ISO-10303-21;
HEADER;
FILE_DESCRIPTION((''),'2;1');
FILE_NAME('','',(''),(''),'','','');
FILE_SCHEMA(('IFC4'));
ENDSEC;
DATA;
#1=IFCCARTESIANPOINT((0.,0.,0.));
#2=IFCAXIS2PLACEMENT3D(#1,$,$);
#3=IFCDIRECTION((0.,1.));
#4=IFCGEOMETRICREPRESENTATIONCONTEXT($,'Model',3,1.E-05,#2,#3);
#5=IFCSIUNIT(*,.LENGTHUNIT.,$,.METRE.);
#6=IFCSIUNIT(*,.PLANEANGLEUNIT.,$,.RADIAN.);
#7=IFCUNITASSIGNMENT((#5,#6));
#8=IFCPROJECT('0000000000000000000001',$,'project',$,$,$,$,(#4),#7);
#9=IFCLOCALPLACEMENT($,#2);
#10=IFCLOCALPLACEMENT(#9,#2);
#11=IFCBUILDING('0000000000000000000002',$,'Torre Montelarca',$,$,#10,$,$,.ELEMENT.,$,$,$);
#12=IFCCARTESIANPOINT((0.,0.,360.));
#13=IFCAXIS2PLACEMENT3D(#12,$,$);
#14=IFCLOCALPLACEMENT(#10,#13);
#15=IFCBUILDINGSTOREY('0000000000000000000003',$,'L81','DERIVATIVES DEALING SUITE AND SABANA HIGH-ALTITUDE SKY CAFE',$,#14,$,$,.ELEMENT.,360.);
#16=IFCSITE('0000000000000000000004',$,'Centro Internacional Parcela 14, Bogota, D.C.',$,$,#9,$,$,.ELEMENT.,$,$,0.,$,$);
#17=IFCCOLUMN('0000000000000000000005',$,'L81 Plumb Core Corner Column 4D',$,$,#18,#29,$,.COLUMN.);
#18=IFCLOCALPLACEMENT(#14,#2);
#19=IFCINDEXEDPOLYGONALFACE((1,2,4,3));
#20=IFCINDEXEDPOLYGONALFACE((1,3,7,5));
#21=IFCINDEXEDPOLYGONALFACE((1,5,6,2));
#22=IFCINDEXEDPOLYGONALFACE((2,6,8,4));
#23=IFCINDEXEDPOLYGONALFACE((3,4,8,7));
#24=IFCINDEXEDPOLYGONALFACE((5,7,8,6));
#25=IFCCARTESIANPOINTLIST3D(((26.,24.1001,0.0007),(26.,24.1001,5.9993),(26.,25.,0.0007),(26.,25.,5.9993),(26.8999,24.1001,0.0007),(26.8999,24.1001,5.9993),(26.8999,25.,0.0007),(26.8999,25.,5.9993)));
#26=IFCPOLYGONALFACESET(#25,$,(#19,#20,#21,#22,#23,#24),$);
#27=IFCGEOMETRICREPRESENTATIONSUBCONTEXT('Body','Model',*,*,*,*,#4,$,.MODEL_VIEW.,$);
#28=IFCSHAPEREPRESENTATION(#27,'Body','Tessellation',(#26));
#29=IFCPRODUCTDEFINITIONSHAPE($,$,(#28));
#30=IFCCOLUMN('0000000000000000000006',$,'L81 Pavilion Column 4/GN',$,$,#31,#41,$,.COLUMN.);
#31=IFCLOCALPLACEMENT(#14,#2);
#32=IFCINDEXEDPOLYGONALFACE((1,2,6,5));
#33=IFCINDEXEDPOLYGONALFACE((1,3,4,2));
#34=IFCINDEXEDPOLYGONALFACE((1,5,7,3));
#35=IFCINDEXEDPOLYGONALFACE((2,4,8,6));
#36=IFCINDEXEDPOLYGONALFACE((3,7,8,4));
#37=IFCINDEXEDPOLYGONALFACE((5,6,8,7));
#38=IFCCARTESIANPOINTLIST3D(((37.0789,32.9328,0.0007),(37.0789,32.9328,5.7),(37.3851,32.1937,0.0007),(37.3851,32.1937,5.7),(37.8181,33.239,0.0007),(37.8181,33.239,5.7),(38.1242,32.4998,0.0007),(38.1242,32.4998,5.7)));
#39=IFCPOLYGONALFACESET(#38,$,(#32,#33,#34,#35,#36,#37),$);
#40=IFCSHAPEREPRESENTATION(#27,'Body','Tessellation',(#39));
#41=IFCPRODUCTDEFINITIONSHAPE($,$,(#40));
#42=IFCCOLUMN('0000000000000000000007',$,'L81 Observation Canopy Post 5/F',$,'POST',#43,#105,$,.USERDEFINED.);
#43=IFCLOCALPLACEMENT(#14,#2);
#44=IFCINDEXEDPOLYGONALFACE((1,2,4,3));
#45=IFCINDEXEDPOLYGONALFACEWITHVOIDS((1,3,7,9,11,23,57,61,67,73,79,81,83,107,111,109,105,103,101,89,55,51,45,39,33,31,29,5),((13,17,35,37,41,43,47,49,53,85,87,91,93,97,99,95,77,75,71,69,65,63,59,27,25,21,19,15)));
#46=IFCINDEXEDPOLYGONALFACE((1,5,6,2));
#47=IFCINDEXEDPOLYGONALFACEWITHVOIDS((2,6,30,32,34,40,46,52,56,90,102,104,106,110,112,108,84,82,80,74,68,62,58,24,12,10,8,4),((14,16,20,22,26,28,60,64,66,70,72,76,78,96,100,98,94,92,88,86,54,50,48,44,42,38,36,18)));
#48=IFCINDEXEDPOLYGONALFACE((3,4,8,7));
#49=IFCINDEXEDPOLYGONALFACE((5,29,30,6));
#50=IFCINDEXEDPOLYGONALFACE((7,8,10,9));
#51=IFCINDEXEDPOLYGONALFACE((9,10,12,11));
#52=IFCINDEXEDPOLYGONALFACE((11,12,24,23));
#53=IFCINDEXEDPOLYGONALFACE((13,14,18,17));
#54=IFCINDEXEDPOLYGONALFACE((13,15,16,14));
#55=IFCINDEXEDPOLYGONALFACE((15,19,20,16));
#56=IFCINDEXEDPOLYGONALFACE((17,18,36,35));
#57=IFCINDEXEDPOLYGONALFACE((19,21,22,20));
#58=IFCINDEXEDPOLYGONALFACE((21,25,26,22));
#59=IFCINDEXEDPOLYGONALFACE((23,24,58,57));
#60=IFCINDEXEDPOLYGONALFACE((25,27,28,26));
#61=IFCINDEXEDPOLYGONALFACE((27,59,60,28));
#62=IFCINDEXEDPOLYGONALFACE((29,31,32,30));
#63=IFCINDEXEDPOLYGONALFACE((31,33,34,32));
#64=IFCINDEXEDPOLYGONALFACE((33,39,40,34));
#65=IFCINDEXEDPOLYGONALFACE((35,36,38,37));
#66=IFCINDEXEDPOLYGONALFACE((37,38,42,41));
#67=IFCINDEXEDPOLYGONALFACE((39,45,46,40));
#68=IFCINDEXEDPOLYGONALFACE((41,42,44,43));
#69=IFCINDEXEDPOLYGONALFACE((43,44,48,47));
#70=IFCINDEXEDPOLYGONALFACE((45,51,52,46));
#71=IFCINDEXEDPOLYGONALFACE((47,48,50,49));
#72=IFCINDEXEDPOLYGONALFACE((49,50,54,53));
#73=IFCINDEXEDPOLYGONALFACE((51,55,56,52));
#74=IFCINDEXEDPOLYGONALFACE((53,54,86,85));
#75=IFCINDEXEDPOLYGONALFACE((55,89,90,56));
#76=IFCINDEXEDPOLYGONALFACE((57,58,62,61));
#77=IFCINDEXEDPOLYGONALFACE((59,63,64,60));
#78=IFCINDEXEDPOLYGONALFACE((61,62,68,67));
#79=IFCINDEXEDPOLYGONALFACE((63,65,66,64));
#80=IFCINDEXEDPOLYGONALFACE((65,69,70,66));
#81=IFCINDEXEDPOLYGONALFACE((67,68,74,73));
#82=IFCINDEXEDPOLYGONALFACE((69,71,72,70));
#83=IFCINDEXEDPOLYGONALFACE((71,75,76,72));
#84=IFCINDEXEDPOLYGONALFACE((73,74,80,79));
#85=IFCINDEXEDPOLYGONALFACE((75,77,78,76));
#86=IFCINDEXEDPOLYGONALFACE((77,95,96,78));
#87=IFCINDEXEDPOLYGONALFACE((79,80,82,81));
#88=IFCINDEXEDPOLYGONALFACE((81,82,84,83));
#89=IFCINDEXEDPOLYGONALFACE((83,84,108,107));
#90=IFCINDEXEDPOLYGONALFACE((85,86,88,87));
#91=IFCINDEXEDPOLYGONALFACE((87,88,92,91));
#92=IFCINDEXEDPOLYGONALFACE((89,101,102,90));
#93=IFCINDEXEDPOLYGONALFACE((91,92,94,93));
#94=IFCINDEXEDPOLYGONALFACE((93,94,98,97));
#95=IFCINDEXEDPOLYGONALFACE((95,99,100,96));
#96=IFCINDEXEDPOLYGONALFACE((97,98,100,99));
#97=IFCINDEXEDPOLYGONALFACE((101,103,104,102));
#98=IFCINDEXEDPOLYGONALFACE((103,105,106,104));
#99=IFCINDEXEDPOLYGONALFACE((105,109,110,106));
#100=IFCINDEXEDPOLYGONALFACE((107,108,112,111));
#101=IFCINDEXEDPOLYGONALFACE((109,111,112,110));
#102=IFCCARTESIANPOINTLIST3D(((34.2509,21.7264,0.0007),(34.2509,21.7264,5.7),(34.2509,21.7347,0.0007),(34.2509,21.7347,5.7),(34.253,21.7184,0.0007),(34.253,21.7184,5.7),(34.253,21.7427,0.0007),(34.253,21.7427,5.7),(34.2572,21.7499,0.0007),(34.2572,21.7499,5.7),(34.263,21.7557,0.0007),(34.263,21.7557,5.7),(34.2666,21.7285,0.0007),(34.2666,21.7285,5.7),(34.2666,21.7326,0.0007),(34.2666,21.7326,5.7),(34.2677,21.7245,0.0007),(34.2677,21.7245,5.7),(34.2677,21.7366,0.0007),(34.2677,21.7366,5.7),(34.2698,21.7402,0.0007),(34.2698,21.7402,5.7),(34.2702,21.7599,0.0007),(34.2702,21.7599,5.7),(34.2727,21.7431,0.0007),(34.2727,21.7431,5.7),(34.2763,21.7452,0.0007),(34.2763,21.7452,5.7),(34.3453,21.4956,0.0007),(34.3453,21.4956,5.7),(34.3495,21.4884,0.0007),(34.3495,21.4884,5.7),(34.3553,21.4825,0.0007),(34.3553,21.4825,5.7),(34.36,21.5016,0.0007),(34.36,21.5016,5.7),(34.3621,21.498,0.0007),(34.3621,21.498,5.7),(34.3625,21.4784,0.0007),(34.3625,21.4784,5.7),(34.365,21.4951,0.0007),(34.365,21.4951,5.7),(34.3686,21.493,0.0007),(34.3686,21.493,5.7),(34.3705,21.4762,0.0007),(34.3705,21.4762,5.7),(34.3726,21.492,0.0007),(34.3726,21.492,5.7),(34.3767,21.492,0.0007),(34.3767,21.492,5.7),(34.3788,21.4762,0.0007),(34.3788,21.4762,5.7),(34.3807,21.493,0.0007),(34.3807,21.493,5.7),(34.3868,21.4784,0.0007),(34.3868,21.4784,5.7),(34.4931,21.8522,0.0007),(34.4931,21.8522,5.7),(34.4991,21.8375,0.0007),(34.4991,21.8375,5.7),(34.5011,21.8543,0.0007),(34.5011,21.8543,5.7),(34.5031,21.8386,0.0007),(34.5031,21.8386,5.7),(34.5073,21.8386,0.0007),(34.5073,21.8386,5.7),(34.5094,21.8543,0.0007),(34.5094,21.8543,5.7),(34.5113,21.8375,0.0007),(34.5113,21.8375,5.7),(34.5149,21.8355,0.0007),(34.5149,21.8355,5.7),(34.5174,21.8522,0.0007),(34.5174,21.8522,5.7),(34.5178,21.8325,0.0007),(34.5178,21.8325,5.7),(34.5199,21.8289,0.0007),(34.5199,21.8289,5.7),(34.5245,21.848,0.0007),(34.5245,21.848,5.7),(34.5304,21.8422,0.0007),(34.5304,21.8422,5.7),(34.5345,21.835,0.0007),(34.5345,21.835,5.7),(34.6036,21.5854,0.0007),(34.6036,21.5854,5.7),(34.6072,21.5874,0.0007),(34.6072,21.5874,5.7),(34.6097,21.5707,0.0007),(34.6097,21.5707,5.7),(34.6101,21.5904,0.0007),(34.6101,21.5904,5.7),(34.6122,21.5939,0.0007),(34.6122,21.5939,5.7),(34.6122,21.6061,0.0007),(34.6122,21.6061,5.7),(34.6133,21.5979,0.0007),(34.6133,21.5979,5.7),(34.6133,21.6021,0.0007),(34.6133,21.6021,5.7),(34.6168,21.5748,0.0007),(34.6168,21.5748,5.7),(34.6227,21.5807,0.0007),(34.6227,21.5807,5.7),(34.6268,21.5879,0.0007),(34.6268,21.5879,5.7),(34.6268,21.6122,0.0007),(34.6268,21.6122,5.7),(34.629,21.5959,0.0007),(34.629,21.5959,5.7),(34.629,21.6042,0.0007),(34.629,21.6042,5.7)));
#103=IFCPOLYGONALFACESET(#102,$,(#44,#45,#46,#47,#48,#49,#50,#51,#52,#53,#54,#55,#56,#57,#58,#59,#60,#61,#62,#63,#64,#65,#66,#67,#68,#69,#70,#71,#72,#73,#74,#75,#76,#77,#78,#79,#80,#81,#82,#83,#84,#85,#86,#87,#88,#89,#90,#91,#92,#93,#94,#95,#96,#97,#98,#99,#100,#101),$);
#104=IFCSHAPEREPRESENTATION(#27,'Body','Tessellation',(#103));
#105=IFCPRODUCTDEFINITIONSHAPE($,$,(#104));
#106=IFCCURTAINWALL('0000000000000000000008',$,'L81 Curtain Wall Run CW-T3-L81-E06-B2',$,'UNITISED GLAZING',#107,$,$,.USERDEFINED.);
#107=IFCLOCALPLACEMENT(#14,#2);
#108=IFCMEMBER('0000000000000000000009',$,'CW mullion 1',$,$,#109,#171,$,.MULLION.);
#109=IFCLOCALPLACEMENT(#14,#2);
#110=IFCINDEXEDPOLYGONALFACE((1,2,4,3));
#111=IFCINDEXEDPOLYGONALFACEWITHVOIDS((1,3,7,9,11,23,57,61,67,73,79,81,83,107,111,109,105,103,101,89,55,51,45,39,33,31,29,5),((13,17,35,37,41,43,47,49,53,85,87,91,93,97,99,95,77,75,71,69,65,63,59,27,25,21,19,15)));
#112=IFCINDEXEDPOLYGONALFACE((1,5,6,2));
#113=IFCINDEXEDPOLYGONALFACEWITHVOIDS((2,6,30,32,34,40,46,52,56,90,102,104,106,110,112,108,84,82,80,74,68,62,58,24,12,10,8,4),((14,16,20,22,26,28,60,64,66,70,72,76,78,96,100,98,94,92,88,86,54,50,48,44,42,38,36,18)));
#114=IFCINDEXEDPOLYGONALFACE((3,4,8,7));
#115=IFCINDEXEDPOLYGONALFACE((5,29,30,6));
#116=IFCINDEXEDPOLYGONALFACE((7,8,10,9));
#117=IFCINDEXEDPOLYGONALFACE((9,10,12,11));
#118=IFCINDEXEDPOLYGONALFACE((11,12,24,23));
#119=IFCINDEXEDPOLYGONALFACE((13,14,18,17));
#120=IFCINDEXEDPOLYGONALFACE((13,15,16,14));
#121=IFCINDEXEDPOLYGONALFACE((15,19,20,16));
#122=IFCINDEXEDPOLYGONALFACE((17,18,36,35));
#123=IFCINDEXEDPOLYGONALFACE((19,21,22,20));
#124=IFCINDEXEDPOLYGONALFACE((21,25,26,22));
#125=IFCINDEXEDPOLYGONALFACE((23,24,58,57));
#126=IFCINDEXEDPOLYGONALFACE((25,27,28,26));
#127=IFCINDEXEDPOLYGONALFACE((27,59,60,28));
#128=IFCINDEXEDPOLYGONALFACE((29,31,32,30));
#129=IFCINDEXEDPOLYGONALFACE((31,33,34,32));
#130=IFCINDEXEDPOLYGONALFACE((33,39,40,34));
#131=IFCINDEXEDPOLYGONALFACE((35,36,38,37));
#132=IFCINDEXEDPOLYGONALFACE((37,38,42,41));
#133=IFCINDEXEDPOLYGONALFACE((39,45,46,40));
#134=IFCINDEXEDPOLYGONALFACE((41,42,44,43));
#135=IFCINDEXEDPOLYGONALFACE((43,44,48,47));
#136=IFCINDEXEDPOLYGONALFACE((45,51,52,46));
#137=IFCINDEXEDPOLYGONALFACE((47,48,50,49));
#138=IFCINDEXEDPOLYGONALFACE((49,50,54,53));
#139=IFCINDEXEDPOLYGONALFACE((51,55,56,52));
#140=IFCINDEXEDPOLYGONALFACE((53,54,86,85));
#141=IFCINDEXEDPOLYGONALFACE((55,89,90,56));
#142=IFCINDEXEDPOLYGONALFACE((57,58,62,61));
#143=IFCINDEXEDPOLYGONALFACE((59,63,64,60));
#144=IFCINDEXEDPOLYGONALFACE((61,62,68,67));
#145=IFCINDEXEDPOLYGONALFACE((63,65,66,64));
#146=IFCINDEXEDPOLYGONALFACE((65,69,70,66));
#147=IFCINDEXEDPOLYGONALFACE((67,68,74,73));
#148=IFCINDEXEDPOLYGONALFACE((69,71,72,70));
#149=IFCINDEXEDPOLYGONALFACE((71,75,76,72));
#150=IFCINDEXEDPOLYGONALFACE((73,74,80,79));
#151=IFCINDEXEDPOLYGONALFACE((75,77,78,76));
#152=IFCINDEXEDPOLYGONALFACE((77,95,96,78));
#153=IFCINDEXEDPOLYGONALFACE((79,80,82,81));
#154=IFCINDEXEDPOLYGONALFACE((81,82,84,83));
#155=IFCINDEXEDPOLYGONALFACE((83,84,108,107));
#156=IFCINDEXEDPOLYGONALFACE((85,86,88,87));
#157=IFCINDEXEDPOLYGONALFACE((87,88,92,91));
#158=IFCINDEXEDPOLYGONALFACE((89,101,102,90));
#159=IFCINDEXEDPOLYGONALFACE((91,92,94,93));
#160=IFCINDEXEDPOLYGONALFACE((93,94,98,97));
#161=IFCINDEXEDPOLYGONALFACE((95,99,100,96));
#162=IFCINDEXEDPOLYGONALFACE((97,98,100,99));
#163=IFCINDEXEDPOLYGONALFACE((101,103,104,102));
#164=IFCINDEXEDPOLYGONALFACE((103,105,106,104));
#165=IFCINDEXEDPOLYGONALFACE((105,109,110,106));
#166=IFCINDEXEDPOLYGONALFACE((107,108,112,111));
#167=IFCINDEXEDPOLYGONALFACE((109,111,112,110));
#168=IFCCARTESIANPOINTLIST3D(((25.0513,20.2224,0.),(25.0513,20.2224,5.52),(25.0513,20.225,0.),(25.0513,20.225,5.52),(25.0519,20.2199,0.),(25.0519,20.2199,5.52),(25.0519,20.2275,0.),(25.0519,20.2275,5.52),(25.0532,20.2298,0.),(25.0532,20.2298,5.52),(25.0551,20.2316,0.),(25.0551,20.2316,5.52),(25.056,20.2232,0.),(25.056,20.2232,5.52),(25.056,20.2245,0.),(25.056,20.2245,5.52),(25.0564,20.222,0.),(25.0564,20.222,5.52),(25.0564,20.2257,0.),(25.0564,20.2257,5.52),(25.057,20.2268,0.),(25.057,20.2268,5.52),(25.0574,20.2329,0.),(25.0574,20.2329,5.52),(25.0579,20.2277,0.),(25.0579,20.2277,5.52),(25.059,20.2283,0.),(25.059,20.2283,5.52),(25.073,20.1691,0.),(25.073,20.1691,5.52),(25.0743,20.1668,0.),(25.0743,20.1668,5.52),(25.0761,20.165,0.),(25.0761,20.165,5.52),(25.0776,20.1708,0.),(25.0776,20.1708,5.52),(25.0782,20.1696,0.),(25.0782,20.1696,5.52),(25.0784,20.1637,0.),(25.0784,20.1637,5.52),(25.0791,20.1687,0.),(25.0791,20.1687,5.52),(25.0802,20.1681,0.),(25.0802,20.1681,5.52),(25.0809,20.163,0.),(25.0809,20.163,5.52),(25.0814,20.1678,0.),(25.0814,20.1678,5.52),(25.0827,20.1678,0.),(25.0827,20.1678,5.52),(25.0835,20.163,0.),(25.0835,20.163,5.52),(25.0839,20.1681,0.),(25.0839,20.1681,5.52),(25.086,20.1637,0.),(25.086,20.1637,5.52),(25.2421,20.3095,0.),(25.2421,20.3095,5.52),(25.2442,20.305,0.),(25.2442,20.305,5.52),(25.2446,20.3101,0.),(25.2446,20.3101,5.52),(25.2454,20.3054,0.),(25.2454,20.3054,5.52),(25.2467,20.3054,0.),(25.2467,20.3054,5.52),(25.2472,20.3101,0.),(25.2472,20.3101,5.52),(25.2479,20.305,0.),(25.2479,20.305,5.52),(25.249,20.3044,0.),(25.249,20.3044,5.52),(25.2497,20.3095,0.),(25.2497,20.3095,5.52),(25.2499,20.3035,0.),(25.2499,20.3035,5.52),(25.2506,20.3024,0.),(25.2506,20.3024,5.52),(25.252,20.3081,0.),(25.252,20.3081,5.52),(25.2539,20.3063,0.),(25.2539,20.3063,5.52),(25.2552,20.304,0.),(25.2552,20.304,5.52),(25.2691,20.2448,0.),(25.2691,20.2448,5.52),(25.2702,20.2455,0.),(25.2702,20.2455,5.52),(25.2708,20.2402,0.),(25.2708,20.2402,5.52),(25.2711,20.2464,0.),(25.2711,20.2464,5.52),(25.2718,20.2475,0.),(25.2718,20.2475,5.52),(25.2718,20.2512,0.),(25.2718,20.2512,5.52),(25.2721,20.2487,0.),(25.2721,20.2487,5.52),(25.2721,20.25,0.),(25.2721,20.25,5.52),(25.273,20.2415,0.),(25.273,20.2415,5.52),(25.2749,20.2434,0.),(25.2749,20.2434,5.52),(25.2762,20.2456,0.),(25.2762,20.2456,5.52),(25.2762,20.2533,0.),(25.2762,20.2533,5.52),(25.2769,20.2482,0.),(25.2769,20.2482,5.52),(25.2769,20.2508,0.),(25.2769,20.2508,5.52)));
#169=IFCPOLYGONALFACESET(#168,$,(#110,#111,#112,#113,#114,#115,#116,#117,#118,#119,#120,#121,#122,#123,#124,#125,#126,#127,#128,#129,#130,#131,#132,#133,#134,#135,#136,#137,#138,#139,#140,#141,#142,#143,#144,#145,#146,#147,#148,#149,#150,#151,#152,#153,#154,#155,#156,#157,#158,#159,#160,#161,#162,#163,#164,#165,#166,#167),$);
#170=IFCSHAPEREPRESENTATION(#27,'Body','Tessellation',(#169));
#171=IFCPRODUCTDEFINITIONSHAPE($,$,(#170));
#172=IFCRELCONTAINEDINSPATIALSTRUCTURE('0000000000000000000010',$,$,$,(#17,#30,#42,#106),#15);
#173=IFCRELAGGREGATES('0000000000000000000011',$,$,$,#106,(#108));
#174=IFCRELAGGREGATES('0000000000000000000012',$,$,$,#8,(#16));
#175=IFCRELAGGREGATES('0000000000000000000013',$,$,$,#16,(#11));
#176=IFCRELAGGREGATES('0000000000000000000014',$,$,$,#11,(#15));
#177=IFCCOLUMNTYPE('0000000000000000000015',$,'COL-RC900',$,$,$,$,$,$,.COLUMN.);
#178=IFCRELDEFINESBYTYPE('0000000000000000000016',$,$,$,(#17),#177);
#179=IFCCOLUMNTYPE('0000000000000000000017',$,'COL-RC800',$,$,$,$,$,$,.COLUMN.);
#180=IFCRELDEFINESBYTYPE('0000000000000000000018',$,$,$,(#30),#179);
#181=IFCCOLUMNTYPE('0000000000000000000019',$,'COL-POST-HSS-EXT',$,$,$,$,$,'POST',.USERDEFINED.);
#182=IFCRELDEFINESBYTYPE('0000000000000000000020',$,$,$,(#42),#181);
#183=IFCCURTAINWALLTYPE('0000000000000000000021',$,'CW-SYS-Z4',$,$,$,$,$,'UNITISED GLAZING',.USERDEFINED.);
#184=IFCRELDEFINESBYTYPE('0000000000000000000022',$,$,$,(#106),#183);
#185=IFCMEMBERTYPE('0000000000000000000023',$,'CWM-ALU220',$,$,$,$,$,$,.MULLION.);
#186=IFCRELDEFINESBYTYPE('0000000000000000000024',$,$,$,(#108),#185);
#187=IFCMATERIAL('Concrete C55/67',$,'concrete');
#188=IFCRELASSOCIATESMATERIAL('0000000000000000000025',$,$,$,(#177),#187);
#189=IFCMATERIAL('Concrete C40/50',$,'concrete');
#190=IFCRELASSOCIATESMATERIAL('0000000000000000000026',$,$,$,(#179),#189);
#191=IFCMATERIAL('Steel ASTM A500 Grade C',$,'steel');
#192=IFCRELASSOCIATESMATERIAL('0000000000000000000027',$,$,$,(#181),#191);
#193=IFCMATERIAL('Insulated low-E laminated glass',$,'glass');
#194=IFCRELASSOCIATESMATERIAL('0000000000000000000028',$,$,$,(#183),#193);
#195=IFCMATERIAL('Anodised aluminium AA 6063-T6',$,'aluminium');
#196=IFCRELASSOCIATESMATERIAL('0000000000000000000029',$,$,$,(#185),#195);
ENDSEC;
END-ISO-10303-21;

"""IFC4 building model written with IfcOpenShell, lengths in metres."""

from ifc_helpers import new_model, si_unit, direction, frame, origin, origin_2d, place, context, subcontext, project, spatial, rectangle, hollow_rectangle, extrude, source, transform, mapped, material, material_profile, profile_set, type_object, element, aggregate, save


model = new_model("IFC4")

# Units and contexts
model_context = context("Model", 3, precision=1e-05, world=origin(), true_north=direction((0.0, 1.0)))
body_context = subcontext(model_context, "Body", "Model", "MODEL_VIEW")
ifc_project = project(units=[si_unit("LENGTHUNIT", "METRE"), si_unit("PLANEANGLEUNIT", "RADIAN")], contexts=[model_context])

# Site, building, storey
site_placement = place(None, origin())
site = spatial("IfcSite", under=ifc_project, at=site_placement, Name="Centro Internacional Parcela 14, Bogota, D.C.", CompositionType="ELEMENT", RefElevation=0.0)
building_placement = place(site_placement, origin())
building = spatial("IfcBuilding", under=site, at=building_placement, Name="Torre Montelarca", CompositionType="ELEMENT")
storey_placement = place(building_placement, frame((0.0, 0.0, 360.0)))
storey = spatial("IfcBuildingStorey", under=building, at=storey_placement, Name="L81", Description="DERIVATIVES DEALING SUITE AND SABANA HIGH-ALTITUDE SKY CAFE", CompositionType="ELEMENT", Elevation=360.0)

# Columns
ifc_material_1 = material(Name="Concrete C55/67", Category="concrete")
ifc_material_profile_1 = material_profile(ifc_material_1, rectangle(XDim=0.8999, YDim=0.8999, at=origin_2d()), Name="RC900X900", Category="concrete")
ifc_profile_set_1 = profile_set([ifc_material_profile_1], Name="Concrete C55/67")
column_type_1 = type_object("IfcColumnType", Name="COL-RC900", PredefinedType="COLUMN", material=ifc_profile_set_1)
shared_shape_1 = source(origin(), body_context, "Body", "SweptSolid", [
    extrude(rectangle(XDim=0.8999, YDim=0.8999, at=origin_2d()), origin(), (0.0, 0.0, 1.0), 5.9985),
])
column_1_placement = place(storey_placement, frame((26.45, 24.55, 0.0007), z_axis=(0.0, 0.0, 1.0), x_axis=(1.0, 0.0, 0.0)))
element("IfcColumn", 1, at=column_1_placement, inside=storey, type_object=column_type_1, Name="L81 Plumb Core Corner Column 4D", PredefinedType="COLUMN", context=body_context, shape_type="MappedRepresentation", body=[
    mapped(shared_shape_1, transform((0.0, 0.0, 0.0), scale=1.0)),
])
ifc_material_2 = material(Name="Concrete C40/50", Category="concrete")
ifc_material_profile_2 = material_profile(ifc_material_2, rectangle(XDim=0.8, YDim=0.8, at=origin_2d()), Name="RC800X800", Category="concrete")
ifc_profile_set_2 = profile_set([ifc_material_profile_2], Name="Concrete C40/50")
column_type_2 = type_object("IfcColumnType", Name="COL-RC800", PredefinedType="COLUMN", material=ifc_profile_set_2)
shared_shape_2 = source(origin(), body_context, "Body", "SweptSolid", [
    extrude(rectangle(XDim=0.8, YDim=0.8, at=origin_2d()), origin(), (0.0, 0.0, 1.0), 5.6992),
])
column_2_placement = place(storey_placement, frame((37.6016, 32.7163, 0.0007), z_axis=(0.0, 0.0, 1.0), x_axis=(-0.382683, 0.92388, 0.0)))
element("IfcColumn", 2, at=column_2_placement, inside=storey, type_object=column_type_2, Name="L81 Pavilion Column 4/GN", PredefinedType="COLUMN", context=body_context, shape_type="MappedRepresentation", body=[
    mapped(shared_shape_2, transform((0.0, 0.0, 0.0), scale=1.0)),
])
ifc_material_3 = material(Name="Steel ASTM A500 Grade C", Category="steel")
ifc_material_profile_3 = material_profile(ifc_material_3, hollow_rectangle(XDim=0.3047, YDim=0.3047, WallThickness=0.0159, InnerFilletRadius=0.0159, OuterFilletRadius=0.0317, at=origin_2d()), Name="HSS305X305X15.9", Category="steel")
ifc_profile_set_3 = profile_set([ifc_material_profile_3], Name="Steel ASTM A500 Grade C")
column_type_3 = type_object("IfcColumnType", Name="COL-POST-HSS-EXT", ElementType="POST", PredefinedType="USERDEFINED", material=ifc_profile_set_3)
shared_shape_3 = source(origin(), body_context, "Body", "SweptSolid", [
    extrude(hollow_rectangle(XDim=0.3047, YDim=0.3047, WallThickness=0.0159, InnerFilletRadius=0.0159, OuterFilletRadius=0.0317, at=origin_2d()), origin(), (0.0, 0.0, 1.0), 5.6992),
])
column_3_placement = place(storey_placement, frame((34.4399, 21.6653, 0.0007), z_axis=(0.0, 0.0, 1.0), x_axis=(-0.382683, 0.92388, 0.0)))
element("IfcColumn", 3, at=column_3_placement, inside=storey, type_object=column_type_3, Name="L81 Observation Canopy Post 5/F", ObjectType="POST", PredefinedType="USERDEFINED", context=body_context, shape_type="MappedRepresentation", body=[
    mapped(shared_shape_3, transform((0.0, 0.0, 0.0), scale=1.0)),
])

# Curtain wall, member
ifc_material_4 = material(Name="Insulated low-E laminated glass", Category="glass")
curtain_wall_type = type_object("IfcCurtainWallType", Name="CW-SYS-Z4", ElementType="UNITISED GLAZING", PredefinedType="USERDEFINED", material=ifc_material_4)
curtain_wall_1_placement = place(storey_placement, origin())
curtain_wall_1 = element("IfcCurtainWall", 4, at=curtain_wall_1_placement, inside=storey, type_object=curtain_wall_type, Name="L81 Curtain Wall Run CW-T3-L81-E06-B2", ObjectType="UNITISED GLAZING", PredefinedType="USERDEFINED")
ifc_material_5 = material(Name="Anodised aluminium AA 6063-T6", Category="aluminium")
ifc_material_profile_4 = material_profile(ifc_material_5, hollow_rectangle(XDim=0.075, YDim=0.22, WallThickness=0.0049, InnerFilletRadius=0.0049, OuterFilletRadius=0.01, at=origin_2d()), Name="ALU75X220X5", Category="aluminium")
ifc_profile_set_4 = profile_set([ifc_material_profile_4], Name="Anodised aluminium AA 6063-T6")
member_type_1 = type_object("IfcMemberType", Name="CWM-ALU220", PredefinedType="MULLION", material=ifc_profile_set_4)
shared_shape_4 = source(origin(), body_context, "Body", "SweptSolid", [
    extrude(hollow_rectangle(XDim=0.075, YDim=0.22, WallThickness=0.0049, InnerFilletRadius=0.0049, OuterFilletRadius=0.01, at=origin_2d()), origin(), (0.0, 0.0, 1.0), 5.52),
])
member_1_placement = place(storey_placement, frame((25.1641, 20.2366, 0.0), z_axis=(0.0, 0.0, 1.0), x_axis=(-0.382687, 0.923878, 0.0)))
member_1 = element("IfcMember", 5, at=member_1_placement, type_object=member_type_1, Name="CW mullion 1", PredefinedType="MULLION", context=body_context, shape_type="MappedRepresentation", body=[
    mapped(shared_shape_4, transform((0.0, 0.0, 0.0), scale=1.0)),
])

aggregate(curtain_wall_1, [member_1])

save(model, "model.ifc")
